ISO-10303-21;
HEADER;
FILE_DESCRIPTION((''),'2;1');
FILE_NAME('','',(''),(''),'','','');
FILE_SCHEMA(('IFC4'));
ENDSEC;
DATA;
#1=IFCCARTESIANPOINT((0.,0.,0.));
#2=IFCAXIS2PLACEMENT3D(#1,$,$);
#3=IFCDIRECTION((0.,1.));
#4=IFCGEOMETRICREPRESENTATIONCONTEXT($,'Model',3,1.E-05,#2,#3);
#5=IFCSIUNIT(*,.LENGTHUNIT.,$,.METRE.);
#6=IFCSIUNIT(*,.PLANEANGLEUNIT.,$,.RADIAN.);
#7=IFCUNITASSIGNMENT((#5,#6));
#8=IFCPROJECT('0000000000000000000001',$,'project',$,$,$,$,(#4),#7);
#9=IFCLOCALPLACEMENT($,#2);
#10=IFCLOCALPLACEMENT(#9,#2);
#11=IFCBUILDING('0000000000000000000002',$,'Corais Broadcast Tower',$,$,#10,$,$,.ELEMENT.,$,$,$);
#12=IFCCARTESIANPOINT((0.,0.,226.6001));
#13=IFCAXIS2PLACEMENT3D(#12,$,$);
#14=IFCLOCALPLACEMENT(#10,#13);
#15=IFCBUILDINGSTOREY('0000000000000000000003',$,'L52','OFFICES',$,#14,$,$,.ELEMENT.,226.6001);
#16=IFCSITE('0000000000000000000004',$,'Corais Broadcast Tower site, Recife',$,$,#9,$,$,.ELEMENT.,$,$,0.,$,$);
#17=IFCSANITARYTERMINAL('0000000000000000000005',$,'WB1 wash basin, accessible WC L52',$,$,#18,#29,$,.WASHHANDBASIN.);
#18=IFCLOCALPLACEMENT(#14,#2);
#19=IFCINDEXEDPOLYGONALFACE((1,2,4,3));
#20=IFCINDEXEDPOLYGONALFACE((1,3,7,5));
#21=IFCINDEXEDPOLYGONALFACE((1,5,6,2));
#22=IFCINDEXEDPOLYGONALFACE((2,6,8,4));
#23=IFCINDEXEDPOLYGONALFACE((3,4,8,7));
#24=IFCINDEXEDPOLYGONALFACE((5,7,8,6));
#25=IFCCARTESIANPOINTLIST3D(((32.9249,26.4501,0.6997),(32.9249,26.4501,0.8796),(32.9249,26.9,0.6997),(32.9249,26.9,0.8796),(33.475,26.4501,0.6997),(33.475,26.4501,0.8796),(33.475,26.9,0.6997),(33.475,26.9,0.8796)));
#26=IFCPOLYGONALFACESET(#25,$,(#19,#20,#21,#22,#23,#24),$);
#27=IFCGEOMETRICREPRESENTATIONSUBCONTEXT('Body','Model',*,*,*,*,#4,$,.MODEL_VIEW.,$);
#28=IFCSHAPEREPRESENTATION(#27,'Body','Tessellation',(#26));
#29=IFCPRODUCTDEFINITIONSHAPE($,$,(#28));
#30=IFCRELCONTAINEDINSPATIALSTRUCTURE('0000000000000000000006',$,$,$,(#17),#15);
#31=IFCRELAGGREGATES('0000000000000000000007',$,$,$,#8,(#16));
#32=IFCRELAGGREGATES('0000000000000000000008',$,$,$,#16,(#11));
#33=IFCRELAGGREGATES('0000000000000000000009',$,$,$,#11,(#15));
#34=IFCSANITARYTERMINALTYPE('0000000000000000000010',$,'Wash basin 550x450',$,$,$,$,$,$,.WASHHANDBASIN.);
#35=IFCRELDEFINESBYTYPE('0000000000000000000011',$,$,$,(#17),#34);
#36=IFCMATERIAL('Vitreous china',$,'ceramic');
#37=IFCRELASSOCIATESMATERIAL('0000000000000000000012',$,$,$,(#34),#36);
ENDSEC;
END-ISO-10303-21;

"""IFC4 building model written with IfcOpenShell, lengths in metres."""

from ifc_helpers import new_model, si_unit, direction, frame, origin, origin_2d, place, context, subcontext, project, spatial, rectangle, extrude, material, type_object, element, save


model = new_model("IFC4")

# Units and contexts
model_context = context("Model", 3, precision=1e-05, world=origin(), true_north=direction((0.0, 1.0)))
body_context = subcontext(model_context, "Body", "Model", "MODEL_VIEW")
ifc_project = project(units=[si_unit("LENGTHUNIT", "METRE"), si_unit("PLANEANGLEUNIT", "RADIAN")], contexts=[model_context])

# Site, building, storey
site_placement = place(None, origin())
site = spatial("IfcSite", under=ifc_project, at=site_placement, Name="Corais Broadcast Tower site, Recife", CompositionType="ELEMENT", RefElevation=0.0)
building_placement = place(site_placement, origin())
building = spatial("IfcBuilding", under=site, at=building_placement, Name="Corais Broadcast Tower", CompositionType="ELEMENT")
storey_placement = place(building_placement, frame((0.0, 0.0, 226.6001)))
storey = spatial("IfcBuildingStorey", under=building, at=storey_placement, Name="L52", Description="OFFICES", CompositionType="ELEMENT", Elevation=226.6001)

# Sanitary terminal
ifc_material_1 = material(Name="Vitreous china", Category="ceramic")
sanitary_terminal_type_1 = type_object("IfcSanitaryTerminalType", Name="Wash basin 550x450", PredefinedType="WASHHANDBASIN", material=ifc_material_1)
sanitary_terminal_placement = place(storey_placement, frame((33.2, 26.675, 0.6997), z_axis=(0.0, 0.0, 1.0), x_axis=(1.0, 0.0, 0.0)))
element("IfcSanitaryTerminal", 1, at=sanitary_terminal_placement, inside=storey, type_object=sanitary_terminal_type_1, Name="WB1 wash basin, accessible WC L52", PredefinedType="WASHHANDBASIN", context=body_context, shape_type="SweptSolid", body=[
    extrude(rectangle(XDim=0.55, YDim=0.45, at=origin_2d()), origin(), (0.0, 0.0, 1.0), 0.1799),
])

save(model, "model.ifc")
